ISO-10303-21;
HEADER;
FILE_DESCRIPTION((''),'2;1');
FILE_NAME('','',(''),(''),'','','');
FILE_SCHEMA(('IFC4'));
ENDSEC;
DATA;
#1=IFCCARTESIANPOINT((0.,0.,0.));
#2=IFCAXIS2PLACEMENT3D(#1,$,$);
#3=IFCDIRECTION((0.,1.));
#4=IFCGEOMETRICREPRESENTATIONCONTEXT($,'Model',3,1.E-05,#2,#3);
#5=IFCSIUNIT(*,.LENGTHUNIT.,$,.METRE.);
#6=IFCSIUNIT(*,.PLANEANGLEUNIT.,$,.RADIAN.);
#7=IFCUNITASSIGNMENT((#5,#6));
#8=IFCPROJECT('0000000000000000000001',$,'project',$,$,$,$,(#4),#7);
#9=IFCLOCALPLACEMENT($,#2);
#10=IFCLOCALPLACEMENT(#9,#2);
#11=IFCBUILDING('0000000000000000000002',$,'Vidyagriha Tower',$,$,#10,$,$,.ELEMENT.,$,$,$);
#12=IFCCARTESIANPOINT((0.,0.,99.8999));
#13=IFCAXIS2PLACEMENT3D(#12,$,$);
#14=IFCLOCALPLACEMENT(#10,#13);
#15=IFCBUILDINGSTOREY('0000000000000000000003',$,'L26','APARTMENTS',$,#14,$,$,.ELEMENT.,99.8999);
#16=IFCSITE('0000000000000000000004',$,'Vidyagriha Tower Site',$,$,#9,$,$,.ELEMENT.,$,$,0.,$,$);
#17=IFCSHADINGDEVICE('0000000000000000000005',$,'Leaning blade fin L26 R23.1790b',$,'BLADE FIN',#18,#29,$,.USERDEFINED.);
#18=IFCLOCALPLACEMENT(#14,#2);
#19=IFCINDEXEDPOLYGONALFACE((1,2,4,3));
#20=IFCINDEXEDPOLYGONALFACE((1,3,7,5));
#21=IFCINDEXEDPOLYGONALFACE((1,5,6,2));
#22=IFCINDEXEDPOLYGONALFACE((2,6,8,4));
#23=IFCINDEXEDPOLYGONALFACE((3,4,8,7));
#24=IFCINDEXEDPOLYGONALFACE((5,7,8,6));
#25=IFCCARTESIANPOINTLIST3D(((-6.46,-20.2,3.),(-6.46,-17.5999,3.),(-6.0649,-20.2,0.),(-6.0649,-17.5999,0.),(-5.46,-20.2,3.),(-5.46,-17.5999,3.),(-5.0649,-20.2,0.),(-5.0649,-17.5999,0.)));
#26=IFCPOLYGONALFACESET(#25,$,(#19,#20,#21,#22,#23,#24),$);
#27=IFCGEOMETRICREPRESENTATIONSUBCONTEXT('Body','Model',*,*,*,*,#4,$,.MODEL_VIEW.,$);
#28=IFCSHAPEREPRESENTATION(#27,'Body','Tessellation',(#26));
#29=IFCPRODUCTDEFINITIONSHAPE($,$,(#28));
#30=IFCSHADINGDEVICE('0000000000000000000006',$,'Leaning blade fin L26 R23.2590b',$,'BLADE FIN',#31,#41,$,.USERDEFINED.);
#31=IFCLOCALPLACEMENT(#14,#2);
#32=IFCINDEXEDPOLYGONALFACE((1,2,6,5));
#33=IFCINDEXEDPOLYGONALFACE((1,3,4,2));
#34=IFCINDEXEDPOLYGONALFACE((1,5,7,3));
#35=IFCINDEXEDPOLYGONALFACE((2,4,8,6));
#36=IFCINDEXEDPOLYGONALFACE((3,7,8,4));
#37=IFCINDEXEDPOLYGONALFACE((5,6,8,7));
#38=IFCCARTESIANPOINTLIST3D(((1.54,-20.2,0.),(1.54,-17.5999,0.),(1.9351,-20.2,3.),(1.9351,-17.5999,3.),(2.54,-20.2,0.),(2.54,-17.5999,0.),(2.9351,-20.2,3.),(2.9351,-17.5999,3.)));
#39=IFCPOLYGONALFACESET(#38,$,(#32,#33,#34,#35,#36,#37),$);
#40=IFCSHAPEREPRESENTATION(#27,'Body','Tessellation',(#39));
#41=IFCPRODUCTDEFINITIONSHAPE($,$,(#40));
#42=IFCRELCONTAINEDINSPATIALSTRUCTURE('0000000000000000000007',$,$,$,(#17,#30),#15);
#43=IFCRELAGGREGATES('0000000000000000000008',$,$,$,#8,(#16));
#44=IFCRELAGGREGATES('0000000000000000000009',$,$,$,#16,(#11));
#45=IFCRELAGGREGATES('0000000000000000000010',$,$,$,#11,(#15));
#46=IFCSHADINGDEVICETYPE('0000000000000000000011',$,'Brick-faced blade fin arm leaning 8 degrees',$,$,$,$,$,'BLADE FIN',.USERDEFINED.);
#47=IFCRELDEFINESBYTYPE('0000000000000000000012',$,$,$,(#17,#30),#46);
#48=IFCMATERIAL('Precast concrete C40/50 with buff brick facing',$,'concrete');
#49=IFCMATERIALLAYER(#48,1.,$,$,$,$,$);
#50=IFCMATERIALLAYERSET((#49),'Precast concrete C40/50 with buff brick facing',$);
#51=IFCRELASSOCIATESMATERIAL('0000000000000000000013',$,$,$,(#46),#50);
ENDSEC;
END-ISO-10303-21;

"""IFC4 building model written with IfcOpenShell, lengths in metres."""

from ifc_helpers import new_model, si_unit, direction, frame, origin, place, context, subcontext, project, spatial, polyline, outline, extrude, material, layer, layer_set, type_object, element, save


model = new_model("IFC4")

# Units and contexts
model_context = context("Model", 3, precision=1e-05, world=origin(), true_north=direction((0.0, 1.0)))
body_context = subcontext(model_context, "Body", "Model", "MODEL_VIEW")
ifc_project = project(units=[si_unit("LENGTHUNIT", "METRE"), si_unit("PLANEANGLEUNIT", "RADIAN")], contexts=[model_context])

# Site, building, storey
site_placement = place(None, origin())
site = spatial("IfcSite", under=ifc_project, at=site_placement, Name="Vidyagriha Tower Site", CompositionType="ELEMENT", RefElevation=0.0)
building_placement = place(site_placement, origin())
building = spatial("IfcBuilding", under=site, at=building_placement, Name="Vidyagriha Tower", CompositionType="ELEMENT")
storey_placement = place(building_placement, frame((0.0, 0.0, 99.8999)))
storey = spatial("IfcBuildingStorey", under=building, at=storey_placement, Name="L26", Description="APARTMENTS", CompositionType="ELEMENT", Elevation=99.8999)

# Shading devices
ifc_material_1 = material(Name="Precast concrete C40/50 with buff brick facing", Category="concrete")
ifc_layer_1 = layer(ifc_material_1, 1.0)
ifc_layer_set_1 = layer_set([ifc_layer_1], Name="Precast concrete C40/50 with buff brick facing")
shading_device_type = type_object("IfcShadingDeviceType", Name="Brick-faced blade fin arm leaning 8 degrees", ElementType="BLADE FIN", PredefinedType="USERDEFINED", material=ifc_layer_set_1)
shading_device_1_placement = place(storey_placement, frame((-6.46, -18.8999, 0.0)))
element("IfcShadingDevice", 1, at=shading_device_1_placement, inside=storey, type_object=shading_device_type, Name="Leaning blade fin L26 R23.1790b", ObjectType="BLADE FIN", PredefinedType="USERDEFINED", context=body_context, shape_type="SweptSolid", body=[
    extrude(outline(polyline([(0.395, 0.0), (1.395, 0.0), (1.0, 3.0), (0.0, 3.0), (0.395, 0.0)])), frame((0.0, 1.3, 0.0), z_axis=(0.0, -1.0, 0.0), x_axis=(1.0, 0.0, 0.0)), (0.0, 0.0, 1.0), 2.6001),
])
shading_device_2_placement = place(storey_placement, frame((1.54, -18.8999, 0.0)))
element("IfcShadingDevice", 2, at=shading_device_2_placement, inside=storey, type_object=shading_device_type, Name="Leaning blade fin L26 R23.2590b", ObjectType="BLADE FIN", PredefinedType="USERDEFINED", context=body_context, shape_type="SweptSolid", body=[
    extrude(outline(polyline([(0.0, 0.0), (1.0, 0.0), (1.395, 3.0), (0.395, 3.0), (0.0, 0.0)])), frame((0.0, 1.3, 0.0), z_axis=(0.0, -1.0, 0.0), x_axis=(1.0, 0.0, 0.0)), (0.0, 0.0, 1.0), 2.6001),
])

save(model, "model.ifc")
